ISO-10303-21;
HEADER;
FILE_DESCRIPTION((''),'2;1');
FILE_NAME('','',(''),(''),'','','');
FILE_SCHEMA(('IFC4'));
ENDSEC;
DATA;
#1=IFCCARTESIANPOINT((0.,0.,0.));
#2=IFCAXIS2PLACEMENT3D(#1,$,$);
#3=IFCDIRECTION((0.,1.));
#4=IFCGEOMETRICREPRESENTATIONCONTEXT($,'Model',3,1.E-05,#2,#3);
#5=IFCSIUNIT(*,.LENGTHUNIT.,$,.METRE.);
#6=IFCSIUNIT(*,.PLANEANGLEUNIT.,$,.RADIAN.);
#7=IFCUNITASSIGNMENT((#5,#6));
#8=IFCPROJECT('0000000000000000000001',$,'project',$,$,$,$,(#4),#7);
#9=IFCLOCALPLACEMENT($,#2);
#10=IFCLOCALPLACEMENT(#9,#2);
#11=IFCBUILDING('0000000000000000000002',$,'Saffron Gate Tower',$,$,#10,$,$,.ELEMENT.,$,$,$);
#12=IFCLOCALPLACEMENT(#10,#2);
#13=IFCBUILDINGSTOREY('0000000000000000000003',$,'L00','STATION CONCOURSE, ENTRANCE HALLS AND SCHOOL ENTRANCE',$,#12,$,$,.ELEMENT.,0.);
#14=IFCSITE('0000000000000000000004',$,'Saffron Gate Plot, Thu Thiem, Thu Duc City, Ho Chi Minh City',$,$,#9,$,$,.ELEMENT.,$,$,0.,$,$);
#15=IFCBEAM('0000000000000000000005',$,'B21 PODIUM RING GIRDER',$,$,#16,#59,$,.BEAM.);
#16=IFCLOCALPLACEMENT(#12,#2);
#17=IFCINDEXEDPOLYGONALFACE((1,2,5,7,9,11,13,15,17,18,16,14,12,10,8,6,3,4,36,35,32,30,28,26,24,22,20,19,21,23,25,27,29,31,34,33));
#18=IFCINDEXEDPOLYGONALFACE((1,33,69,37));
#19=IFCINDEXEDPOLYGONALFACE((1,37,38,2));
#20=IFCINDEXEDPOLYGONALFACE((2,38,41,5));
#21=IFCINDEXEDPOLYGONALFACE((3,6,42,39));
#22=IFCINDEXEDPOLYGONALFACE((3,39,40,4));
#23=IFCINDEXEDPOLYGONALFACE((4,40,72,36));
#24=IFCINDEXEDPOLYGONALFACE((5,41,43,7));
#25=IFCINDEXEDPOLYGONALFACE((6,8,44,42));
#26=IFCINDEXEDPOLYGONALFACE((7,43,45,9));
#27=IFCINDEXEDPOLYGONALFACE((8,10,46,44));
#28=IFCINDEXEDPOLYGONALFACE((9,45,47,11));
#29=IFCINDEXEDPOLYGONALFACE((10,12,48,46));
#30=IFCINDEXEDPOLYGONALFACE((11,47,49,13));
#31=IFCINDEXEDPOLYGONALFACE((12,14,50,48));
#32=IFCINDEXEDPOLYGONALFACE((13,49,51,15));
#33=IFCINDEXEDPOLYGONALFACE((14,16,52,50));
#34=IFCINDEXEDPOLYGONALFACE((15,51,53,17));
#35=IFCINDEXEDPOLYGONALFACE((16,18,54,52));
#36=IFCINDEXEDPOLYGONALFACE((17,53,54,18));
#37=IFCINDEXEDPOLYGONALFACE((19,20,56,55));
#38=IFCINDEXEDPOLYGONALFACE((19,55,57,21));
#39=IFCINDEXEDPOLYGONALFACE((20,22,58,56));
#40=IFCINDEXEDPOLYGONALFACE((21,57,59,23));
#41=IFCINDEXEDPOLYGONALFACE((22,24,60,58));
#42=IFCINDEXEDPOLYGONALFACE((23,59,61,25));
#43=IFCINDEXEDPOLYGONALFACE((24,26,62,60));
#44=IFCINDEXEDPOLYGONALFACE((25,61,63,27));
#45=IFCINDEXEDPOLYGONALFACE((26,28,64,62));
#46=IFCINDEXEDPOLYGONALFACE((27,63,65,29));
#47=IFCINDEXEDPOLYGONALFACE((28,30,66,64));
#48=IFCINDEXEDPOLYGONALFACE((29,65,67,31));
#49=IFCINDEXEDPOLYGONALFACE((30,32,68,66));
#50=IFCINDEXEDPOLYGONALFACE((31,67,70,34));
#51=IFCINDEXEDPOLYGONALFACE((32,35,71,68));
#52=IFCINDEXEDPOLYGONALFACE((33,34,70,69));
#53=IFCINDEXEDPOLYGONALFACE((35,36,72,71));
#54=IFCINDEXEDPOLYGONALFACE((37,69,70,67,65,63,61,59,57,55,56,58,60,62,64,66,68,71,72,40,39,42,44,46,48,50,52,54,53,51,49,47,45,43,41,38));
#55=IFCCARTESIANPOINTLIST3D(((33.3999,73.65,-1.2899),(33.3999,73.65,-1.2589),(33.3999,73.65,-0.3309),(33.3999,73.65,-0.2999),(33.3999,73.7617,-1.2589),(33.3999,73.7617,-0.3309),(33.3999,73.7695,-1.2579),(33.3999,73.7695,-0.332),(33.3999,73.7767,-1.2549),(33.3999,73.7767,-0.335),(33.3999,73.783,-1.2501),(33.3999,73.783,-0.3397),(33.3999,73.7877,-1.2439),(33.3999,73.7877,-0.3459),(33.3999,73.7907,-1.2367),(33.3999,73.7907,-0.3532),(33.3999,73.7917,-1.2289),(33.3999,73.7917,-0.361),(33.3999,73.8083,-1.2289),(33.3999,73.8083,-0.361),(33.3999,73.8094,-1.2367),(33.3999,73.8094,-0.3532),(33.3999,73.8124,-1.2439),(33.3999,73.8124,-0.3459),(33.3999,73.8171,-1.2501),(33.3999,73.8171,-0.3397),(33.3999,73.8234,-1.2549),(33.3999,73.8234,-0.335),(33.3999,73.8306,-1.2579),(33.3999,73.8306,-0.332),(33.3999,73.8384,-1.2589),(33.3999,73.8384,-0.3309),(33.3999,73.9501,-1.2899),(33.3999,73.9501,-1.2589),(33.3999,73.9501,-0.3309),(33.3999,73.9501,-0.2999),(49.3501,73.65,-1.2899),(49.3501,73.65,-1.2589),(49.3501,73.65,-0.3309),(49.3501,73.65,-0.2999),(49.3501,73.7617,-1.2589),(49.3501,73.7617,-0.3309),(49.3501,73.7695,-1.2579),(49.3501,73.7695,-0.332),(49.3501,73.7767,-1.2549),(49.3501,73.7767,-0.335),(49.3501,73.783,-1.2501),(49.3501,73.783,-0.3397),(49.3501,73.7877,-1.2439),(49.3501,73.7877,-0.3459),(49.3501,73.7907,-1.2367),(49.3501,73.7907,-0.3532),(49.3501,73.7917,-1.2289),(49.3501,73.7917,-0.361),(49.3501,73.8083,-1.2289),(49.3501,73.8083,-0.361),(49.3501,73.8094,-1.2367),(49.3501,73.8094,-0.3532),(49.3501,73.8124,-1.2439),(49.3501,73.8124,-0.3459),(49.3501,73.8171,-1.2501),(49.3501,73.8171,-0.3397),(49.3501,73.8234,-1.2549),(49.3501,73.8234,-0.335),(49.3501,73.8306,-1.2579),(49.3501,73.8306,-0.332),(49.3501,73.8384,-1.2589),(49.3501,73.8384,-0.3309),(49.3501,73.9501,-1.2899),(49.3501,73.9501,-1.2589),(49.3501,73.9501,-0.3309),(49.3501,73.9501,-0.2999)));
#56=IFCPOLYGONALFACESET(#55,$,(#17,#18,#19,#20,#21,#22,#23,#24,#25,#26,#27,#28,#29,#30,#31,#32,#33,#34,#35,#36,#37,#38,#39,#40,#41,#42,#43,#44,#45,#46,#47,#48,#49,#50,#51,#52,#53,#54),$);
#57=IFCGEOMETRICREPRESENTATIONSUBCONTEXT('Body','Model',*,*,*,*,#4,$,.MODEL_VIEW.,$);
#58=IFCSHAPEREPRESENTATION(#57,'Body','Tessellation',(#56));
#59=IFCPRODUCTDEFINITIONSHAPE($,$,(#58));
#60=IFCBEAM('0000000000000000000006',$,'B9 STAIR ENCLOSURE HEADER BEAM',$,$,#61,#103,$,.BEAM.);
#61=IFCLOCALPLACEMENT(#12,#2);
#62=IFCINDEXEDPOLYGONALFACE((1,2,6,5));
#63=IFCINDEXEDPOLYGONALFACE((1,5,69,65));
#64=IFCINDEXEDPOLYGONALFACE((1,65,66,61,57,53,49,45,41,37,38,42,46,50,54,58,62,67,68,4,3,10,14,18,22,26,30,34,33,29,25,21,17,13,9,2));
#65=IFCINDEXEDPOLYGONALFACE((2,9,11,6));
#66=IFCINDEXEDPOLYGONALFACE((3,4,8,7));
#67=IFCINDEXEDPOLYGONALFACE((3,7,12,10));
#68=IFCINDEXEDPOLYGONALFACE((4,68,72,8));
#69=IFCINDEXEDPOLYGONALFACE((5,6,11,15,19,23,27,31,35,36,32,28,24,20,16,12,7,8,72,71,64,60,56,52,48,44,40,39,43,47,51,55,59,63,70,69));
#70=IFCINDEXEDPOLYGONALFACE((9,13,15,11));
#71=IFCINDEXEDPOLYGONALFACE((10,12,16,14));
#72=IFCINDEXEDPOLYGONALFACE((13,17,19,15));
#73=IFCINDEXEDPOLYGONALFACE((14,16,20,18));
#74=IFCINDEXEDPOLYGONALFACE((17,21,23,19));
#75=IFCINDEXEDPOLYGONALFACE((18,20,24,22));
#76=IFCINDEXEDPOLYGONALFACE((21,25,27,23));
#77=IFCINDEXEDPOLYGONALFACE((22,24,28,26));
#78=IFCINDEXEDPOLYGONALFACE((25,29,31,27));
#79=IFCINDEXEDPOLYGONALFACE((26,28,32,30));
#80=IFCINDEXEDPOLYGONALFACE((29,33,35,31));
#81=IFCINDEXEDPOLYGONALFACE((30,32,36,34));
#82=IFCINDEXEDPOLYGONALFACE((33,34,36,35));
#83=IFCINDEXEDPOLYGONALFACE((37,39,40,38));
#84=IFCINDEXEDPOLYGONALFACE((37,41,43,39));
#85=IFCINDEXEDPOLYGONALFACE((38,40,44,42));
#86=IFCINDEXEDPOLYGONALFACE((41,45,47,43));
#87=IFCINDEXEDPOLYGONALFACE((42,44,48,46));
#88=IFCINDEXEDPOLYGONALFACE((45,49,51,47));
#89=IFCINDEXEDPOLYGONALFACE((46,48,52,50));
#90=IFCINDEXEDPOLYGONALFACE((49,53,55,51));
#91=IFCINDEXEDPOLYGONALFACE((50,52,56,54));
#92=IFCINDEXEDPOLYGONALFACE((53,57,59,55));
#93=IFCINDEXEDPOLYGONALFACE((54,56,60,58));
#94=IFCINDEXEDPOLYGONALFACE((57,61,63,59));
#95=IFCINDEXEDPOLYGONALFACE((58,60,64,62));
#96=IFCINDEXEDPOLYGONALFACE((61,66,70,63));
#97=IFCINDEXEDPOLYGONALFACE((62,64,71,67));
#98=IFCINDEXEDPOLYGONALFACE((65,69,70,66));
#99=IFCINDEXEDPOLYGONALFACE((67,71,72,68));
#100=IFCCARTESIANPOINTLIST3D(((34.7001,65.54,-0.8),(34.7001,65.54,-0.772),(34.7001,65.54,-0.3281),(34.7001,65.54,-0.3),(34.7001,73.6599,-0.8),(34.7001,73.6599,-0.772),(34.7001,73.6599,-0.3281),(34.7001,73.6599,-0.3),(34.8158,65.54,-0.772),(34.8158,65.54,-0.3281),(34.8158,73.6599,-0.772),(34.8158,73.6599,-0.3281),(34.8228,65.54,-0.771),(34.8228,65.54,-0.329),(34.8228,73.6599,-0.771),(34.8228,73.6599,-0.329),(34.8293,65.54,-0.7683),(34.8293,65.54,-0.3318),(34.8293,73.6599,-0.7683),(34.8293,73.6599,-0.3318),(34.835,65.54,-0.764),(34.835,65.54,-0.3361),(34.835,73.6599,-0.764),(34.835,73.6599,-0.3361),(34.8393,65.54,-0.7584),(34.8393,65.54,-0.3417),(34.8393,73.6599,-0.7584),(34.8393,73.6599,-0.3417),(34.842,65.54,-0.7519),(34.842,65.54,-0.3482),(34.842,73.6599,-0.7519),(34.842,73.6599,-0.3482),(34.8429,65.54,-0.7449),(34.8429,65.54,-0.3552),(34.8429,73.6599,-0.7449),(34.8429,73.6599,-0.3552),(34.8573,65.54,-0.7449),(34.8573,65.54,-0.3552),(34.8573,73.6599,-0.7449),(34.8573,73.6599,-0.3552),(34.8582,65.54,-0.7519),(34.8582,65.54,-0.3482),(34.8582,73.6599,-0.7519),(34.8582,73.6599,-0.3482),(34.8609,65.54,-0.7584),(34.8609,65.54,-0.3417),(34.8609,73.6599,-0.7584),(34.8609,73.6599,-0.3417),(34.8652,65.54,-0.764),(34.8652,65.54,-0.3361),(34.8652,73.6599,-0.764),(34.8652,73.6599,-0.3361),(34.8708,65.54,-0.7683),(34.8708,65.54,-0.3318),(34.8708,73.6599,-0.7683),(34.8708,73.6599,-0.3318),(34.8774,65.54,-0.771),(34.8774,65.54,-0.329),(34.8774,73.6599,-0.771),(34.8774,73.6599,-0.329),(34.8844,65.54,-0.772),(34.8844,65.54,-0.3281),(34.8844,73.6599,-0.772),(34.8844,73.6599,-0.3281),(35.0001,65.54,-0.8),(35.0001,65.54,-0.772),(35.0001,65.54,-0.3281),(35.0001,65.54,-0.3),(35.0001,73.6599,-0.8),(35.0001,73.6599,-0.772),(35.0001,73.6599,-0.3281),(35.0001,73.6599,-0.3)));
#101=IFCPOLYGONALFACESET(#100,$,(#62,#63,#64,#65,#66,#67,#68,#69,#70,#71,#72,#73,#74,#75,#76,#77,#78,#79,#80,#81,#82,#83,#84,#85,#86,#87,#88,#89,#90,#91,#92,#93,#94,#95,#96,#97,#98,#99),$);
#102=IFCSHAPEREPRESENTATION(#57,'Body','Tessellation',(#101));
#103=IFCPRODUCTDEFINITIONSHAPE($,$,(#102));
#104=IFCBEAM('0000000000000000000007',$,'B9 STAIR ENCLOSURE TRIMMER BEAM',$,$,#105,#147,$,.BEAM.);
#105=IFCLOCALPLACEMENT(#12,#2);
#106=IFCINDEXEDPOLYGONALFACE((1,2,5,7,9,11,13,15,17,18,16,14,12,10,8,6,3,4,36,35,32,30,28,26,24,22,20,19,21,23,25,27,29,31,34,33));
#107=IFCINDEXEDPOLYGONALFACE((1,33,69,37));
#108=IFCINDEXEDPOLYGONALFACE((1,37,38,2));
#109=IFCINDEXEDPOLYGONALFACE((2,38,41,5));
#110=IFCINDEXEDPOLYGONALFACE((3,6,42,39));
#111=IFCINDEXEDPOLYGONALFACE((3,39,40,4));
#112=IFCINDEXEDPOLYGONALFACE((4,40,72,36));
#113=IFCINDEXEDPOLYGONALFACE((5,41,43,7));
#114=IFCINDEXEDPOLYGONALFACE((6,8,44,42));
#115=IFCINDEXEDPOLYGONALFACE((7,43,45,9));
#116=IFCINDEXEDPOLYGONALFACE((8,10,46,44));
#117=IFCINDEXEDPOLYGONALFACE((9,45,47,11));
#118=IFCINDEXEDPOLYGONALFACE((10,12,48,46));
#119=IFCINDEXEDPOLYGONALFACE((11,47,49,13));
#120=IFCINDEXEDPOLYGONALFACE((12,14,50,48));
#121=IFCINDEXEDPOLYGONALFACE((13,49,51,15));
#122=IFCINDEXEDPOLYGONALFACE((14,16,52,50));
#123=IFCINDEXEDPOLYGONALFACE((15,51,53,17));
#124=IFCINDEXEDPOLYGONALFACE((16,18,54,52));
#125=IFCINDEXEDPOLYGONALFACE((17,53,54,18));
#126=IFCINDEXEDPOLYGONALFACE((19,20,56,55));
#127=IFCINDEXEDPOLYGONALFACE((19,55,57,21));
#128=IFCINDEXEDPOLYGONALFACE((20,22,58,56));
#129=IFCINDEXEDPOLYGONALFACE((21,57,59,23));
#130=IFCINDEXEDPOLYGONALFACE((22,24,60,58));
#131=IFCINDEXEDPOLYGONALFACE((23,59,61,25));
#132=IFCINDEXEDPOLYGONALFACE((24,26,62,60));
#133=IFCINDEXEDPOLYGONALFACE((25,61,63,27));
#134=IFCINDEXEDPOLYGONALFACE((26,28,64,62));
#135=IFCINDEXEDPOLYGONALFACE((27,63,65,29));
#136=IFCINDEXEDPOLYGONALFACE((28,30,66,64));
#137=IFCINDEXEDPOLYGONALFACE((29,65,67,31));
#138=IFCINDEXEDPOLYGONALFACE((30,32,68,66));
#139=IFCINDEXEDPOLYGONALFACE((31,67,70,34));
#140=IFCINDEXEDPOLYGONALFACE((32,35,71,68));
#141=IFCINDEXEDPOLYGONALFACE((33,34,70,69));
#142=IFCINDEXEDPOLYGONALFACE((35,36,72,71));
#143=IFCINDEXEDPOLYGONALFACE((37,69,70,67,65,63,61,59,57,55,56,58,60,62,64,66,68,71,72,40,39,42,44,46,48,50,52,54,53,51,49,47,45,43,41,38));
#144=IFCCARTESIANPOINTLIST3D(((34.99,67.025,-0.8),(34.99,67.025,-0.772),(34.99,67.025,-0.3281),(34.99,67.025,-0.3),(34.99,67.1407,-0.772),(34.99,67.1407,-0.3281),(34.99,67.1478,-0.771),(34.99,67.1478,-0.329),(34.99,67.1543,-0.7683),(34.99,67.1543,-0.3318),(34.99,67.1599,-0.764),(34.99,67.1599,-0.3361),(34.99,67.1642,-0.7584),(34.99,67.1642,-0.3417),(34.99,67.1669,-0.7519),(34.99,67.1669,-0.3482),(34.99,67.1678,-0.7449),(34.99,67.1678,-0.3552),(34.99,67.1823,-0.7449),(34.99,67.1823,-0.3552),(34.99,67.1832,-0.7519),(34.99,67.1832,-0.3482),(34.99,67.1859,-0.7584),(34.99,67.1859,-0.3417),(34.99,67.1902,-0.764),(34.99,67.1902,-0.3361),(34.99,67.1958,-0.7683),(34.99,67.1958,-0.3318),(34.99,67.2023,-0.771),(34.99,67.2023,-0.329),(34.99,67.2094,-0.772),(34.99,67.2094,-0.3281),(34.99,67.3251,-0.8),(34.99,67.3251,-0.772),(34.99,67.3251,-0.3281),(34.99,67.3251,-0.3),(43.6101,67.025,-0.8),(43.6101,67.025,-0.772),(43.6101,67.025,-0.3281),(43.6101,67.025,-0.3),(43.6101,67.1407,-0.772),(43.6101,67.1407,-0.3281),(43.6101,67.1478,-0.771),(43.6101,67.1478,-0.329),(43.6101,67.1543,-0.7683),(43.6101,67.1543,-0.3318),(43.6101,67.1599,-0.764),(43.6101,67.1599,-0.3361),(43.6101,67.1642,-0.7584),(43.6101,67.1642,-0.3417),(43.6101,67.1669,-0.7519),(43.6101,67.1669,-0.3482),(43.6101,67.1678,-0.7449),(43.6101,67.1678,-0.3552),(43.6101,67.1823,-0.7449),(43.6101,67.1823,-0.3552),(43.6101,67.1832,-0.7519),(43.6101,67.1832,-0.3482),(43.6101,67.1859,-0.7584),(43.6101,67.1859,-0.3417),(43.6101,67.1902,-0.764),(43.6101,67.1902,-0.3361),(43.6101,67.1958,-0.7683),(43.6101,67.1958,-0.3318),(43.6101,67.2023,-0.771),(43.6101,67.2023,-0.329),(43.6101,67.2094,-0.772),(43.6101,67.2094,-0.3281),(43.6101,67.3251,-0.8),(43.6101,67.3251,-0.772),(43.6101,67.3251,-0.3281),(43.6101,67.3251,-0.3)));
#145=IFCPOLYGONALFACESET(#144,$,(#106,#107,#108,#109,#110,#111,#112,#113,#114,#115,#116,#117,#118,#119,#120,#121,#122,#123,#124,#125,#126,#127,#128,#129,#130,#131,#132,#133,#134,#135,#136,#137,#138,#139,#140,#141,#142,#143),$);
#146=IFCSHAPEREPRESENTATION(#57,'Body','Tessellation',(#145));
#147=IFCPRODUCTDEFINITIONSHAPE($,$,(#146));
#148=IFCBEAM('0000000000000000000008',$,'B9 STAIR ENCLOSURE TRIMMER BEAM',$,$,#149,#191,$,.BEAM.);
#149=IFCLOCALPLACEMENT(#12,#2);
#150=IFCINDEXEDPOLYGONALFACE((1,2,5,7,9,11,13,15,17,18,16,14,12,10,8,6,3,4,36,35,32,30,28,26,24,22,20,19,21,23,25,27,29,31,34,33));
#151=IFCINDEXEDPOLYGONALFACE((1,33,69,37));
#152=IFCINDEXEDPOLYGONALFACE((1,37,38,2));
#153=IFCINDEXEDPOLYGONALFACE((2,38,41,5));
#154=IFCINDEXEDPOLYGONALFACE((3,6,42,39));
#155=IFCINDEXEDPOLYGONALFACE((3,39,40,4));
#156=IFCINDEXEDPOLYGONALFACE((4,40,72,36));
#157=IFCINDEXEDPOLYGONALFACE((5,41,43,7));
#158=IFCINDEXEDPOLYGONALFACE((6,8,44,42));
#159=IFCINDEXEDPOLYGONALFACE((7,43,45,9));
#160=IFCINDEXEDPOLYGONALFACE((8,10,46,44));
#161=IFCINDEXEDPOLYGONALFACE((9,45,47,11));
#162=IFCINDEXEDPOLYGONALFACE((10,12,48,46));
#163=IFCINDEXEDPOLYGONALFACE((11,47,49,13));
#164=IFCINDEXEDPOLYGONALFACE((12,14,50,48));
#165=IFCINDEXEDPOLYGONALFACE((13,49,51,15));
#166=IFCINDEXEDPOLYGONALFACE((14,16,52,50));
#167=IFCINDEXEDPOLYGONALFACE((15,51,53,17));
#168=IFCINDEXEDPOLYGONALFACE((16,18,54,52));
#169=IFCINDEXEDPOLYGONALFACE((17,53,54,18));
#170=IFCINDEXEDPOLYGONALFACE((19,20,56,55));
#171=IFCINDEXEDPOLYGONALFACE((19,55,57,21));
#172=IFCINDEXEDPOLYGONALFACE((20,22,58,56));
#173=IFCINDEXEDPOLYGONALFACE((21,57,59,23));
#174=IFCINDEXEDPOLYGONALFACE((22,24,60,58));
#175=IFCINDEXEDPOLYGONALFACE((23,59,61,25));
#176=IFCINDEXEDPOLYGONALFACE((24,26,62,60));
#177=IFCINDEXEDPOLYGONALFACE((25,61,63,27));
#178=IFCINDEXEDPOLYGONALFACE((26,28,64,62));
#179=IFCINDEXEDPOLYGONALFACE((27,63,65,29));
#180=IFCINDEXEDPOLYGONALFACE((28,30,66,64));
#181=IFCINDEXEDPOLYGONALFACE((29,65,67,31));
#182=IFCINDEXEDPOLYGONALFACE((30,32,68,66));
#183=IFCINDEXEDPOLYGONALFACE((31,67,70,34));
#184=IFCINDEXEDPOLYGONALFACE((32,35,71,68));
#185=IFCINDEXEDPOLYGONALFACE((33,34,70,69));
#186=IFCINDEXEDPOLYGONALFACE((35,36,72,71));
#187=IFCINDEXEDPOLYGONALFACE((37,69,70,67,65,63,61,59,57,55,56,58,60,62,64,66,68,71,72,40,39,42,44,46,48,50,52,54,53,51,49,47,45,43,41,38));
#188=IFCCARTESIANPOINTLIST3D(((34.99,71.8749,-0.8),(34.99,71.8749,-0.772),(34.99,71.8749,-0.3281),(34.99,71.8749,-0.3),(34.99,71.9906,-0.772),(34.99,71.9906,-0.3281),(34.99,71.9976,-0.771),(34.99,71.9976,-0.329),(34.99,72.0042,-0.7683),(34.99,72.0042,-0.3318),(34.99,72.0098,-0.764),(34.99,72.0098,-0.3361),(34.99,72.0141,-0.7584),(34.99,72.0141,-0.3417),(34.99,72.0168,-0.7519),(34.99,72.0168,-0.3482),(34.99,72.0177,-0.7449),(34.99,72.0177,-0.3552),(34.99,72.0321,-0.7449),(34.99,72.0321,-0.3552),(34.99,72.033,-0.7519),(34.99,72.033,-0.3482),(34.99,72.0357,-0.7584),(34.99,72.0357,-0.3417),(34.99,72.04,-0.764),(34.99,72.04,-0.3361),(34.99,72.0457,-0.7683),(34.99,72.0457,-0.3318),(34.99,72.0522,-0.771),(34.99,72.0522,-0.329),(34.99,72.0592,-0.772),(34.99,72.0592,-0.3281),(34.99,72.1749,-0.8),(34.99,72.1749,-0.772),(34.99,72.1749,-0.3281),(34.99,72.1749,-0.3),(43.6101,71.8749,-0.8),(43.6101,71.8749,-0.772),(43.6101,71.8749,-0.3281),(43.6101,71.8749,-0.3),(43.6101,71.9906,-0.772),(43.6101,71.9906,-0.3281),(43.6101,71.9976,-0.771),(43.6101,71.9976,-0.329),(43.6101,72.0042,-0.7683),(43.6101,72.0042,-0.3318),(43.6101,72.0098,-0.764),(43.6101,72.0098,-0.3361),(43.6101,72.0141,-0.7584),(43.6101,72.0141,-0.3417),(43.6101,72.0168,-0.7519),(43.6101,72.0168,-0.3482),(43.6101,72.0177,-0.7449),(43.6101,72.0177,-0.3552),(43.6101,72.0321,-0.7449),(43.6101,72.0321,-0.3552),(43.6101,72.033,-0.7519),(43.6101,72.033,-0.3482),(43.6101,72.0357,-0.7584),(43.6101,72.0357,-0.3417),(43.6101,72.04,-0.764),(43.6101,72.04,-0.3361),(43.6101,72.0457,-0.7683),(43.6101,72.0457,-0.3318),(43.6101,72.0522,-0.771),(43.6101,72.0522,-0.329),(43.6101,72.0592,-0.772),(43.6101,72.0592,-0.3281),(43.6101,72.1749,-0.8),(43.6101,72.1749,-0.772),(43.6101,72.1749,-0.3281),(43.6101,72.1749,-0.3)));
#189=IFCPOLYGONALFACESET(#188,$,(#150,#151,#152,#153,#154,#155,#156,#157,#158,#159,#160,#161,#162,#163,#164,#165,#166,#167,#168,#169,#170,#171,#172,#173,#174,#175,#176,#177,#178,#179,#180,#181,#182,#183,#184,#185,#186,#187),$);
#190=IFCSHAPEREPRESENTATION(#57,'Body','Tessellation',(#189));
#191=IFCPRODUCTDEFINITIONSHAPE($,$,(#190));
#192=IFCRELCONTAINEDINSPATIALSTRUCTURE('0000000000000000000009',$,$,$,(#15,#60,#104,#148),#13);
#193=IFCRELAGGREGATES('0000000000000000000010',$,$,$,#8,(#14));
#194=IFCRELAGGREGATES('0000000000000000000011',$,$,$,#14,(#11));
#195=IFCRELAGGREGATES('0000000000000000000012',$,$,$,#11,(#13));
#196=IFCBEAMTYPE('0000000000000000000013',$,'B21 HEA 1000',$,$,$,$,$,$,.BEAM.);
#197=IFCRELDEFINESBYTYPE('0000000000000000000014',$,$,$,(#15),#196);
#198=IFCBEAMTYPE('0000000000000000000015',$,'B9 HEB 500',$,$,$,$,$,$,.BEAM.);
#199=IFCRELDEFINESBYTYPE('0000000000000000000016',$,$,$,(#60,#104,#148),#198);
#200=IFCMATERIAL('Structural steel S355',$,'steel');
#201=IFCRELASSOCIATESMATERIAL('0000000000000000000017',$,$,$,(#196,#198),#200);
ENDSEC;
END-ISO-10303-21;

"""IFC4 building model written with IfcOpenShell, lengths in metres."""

from ifc_helpers import new_model, si_unit, direction, frame, origin, origin_2d, place, context, subcontext, project, spatial, i_section, extrude, material, material_profile, profile_set, type_object, element, save


model = new_model("IFC4")

# Units and contexts
model_context = context("Model", 3, precision=1e-05, world=origin(), true_north=direction((0.0, 1.0)))
body_context = subcontext(model_context, "Body", "Model", "MODEL_VIEW")
ifc_project = project(units=[si_unit("LENGTHUNIT", "METRE"), si_unit("PLANEANGLEUNIT", "RADIAN")], contexts=[model_context])

# Site, building, storey
site_placement = place(None, origin())
site = spatial("IfcSite", under=ifc_project, at=site_placement, Name="Saffron Gate Plot, Thu Thiem, Thu Duc City, Ho Chi Minh City", CompositionType="ELEMENT", RefElevation=0.0)
building_placement = place(site_placement, origin())
building = spatial("IfcBuilding", under=site, at=building_placement, Name="Saffron Gate Tower", CompositionType="ELEMENT")
storey_placement = place(building_placement, origin())
storey = spatial("IfcBuildingStorey", under=building, at=storey_placement, Name="L00", Description="STATION CONCOURSE, ENTRANCE HALLS AND SCHOOL ENTRANCE", CompositionType="ELEMENT", Elevation=0.0)

# Beams
ifc_material_1 = material(Name="Structural steel S355", Category="steel")
ifc_material_profile_1 = material_profile(ifc_material_1, i_section(OverallWidth=0.3, OverallDepth=0.99, WebThickness=0.0166, FlangeThickness=0.031, FilletRadius=0.03, at=origin_2d()))
ifc_profile_set_1 = profile_set([ifc_material_profile_1], Name="Structural steel S355")
beam_type_1 = type_object("IfcBeamType", Name="B21 HEA 1000", PredefinedType="BEAM", material=ifc_profile_set_1)
beam_1_placement = place(storey_placement, frame((33.3999, 73.8, -0.7949), z_axis=(1.0, 0.0, 0.0), x_axis=(0.0, 1.0, 0.0)))
element("IfcBeam", 1, at=beam_1_placement, inside=storey, type_object=beam_type_1, Name="B21 PODIUM RING GIRDER", PredefinedType="BEAM", context=body_context, shape_type="SweptSolid", body=[
    extrude(i_section(OverallWidth=0.3, OverallDepth=0.99, WebThickness=0.0166, FlangeThickness=0.031, FilletRadius=0.03, at=origin_2d()), origin(), (0.0, 0.0, 1.0), 15.9502),
])
ifc_material_profile_2 = material_profile(ifc_material_1, i_section(OverallWidth=0.3, OverallDepth=0.5, WebThickness=0.0144, FlangeThickness=0.0281, FilletRadius=0.0271, at=origin_2d()))
ifc_profile_set_2 = profile_set([ifc_material_profile_2], Name="Structural steel S355")
beam_type_2 = type_object("IfcBeamType", Name="B9 HEB 500", PredefinedType="BEAM", material=ifc_profile_set_2)
beam_2_placement = place(storey_placement, frame((34.8501, 65.54, -0.55), z_axis=(0.0, 1.0, 0.0), x_axis=(-1.0, 0.0, 0.0)))
element("IfcBeam", 2, at=beam_2_placement, inside=storey, type_object=beam_type_2, Name="B9 STAIR ENCLOSURE HEADER BEAM", PredefinedType="BEAM", context=body_context, shape_type="SweptSolid", body=[
    extrude(i_section(OverallWidth=0.3, OverallDepth=0.5, WebThickness=0.0144, FlangeThickness=0.0281, FilletRadius=0.0271, at=origin_2d()), origin(), (0.0, 0.0, 1.0), 8.1199),
])
for number, where, z_axis, x_axis, name in (
    (3, (34.99, 67.175, -0.55), (1.0, 0.0, 0.0), (0.0, 1.0, 0.0), "B9 STAIR ENCLOSURE TRIMMER BEAM"),
    (4, (34.99, 72.0249, -0.55), (1.0, 0.0, 0.0), (0.0, 1.0, 0.0), "B9 STAIR ENCLOSURE TRIMMER BEAM"),
):
    element("IfcBeam", number, at=place(storey_placement, frame(where, z_axis=z_axis, x_axis=x_axis)), inside=storey, type_object=beam_type_2, Name=name, PredefinedType="BEAM", context=body_context, shape_type="SweptSolid", body=[
        extrude(i_section(OverallWidth=0.3, OverallDepth=0.5, WebThickness=0.0144, FlangeThickness=0.0281, FilletRadius=0.0271, at=origin_2d()), origin(), (0.0, 0.0, 1.0), 8.6201),
    ])

save(model, "model.ifc")
